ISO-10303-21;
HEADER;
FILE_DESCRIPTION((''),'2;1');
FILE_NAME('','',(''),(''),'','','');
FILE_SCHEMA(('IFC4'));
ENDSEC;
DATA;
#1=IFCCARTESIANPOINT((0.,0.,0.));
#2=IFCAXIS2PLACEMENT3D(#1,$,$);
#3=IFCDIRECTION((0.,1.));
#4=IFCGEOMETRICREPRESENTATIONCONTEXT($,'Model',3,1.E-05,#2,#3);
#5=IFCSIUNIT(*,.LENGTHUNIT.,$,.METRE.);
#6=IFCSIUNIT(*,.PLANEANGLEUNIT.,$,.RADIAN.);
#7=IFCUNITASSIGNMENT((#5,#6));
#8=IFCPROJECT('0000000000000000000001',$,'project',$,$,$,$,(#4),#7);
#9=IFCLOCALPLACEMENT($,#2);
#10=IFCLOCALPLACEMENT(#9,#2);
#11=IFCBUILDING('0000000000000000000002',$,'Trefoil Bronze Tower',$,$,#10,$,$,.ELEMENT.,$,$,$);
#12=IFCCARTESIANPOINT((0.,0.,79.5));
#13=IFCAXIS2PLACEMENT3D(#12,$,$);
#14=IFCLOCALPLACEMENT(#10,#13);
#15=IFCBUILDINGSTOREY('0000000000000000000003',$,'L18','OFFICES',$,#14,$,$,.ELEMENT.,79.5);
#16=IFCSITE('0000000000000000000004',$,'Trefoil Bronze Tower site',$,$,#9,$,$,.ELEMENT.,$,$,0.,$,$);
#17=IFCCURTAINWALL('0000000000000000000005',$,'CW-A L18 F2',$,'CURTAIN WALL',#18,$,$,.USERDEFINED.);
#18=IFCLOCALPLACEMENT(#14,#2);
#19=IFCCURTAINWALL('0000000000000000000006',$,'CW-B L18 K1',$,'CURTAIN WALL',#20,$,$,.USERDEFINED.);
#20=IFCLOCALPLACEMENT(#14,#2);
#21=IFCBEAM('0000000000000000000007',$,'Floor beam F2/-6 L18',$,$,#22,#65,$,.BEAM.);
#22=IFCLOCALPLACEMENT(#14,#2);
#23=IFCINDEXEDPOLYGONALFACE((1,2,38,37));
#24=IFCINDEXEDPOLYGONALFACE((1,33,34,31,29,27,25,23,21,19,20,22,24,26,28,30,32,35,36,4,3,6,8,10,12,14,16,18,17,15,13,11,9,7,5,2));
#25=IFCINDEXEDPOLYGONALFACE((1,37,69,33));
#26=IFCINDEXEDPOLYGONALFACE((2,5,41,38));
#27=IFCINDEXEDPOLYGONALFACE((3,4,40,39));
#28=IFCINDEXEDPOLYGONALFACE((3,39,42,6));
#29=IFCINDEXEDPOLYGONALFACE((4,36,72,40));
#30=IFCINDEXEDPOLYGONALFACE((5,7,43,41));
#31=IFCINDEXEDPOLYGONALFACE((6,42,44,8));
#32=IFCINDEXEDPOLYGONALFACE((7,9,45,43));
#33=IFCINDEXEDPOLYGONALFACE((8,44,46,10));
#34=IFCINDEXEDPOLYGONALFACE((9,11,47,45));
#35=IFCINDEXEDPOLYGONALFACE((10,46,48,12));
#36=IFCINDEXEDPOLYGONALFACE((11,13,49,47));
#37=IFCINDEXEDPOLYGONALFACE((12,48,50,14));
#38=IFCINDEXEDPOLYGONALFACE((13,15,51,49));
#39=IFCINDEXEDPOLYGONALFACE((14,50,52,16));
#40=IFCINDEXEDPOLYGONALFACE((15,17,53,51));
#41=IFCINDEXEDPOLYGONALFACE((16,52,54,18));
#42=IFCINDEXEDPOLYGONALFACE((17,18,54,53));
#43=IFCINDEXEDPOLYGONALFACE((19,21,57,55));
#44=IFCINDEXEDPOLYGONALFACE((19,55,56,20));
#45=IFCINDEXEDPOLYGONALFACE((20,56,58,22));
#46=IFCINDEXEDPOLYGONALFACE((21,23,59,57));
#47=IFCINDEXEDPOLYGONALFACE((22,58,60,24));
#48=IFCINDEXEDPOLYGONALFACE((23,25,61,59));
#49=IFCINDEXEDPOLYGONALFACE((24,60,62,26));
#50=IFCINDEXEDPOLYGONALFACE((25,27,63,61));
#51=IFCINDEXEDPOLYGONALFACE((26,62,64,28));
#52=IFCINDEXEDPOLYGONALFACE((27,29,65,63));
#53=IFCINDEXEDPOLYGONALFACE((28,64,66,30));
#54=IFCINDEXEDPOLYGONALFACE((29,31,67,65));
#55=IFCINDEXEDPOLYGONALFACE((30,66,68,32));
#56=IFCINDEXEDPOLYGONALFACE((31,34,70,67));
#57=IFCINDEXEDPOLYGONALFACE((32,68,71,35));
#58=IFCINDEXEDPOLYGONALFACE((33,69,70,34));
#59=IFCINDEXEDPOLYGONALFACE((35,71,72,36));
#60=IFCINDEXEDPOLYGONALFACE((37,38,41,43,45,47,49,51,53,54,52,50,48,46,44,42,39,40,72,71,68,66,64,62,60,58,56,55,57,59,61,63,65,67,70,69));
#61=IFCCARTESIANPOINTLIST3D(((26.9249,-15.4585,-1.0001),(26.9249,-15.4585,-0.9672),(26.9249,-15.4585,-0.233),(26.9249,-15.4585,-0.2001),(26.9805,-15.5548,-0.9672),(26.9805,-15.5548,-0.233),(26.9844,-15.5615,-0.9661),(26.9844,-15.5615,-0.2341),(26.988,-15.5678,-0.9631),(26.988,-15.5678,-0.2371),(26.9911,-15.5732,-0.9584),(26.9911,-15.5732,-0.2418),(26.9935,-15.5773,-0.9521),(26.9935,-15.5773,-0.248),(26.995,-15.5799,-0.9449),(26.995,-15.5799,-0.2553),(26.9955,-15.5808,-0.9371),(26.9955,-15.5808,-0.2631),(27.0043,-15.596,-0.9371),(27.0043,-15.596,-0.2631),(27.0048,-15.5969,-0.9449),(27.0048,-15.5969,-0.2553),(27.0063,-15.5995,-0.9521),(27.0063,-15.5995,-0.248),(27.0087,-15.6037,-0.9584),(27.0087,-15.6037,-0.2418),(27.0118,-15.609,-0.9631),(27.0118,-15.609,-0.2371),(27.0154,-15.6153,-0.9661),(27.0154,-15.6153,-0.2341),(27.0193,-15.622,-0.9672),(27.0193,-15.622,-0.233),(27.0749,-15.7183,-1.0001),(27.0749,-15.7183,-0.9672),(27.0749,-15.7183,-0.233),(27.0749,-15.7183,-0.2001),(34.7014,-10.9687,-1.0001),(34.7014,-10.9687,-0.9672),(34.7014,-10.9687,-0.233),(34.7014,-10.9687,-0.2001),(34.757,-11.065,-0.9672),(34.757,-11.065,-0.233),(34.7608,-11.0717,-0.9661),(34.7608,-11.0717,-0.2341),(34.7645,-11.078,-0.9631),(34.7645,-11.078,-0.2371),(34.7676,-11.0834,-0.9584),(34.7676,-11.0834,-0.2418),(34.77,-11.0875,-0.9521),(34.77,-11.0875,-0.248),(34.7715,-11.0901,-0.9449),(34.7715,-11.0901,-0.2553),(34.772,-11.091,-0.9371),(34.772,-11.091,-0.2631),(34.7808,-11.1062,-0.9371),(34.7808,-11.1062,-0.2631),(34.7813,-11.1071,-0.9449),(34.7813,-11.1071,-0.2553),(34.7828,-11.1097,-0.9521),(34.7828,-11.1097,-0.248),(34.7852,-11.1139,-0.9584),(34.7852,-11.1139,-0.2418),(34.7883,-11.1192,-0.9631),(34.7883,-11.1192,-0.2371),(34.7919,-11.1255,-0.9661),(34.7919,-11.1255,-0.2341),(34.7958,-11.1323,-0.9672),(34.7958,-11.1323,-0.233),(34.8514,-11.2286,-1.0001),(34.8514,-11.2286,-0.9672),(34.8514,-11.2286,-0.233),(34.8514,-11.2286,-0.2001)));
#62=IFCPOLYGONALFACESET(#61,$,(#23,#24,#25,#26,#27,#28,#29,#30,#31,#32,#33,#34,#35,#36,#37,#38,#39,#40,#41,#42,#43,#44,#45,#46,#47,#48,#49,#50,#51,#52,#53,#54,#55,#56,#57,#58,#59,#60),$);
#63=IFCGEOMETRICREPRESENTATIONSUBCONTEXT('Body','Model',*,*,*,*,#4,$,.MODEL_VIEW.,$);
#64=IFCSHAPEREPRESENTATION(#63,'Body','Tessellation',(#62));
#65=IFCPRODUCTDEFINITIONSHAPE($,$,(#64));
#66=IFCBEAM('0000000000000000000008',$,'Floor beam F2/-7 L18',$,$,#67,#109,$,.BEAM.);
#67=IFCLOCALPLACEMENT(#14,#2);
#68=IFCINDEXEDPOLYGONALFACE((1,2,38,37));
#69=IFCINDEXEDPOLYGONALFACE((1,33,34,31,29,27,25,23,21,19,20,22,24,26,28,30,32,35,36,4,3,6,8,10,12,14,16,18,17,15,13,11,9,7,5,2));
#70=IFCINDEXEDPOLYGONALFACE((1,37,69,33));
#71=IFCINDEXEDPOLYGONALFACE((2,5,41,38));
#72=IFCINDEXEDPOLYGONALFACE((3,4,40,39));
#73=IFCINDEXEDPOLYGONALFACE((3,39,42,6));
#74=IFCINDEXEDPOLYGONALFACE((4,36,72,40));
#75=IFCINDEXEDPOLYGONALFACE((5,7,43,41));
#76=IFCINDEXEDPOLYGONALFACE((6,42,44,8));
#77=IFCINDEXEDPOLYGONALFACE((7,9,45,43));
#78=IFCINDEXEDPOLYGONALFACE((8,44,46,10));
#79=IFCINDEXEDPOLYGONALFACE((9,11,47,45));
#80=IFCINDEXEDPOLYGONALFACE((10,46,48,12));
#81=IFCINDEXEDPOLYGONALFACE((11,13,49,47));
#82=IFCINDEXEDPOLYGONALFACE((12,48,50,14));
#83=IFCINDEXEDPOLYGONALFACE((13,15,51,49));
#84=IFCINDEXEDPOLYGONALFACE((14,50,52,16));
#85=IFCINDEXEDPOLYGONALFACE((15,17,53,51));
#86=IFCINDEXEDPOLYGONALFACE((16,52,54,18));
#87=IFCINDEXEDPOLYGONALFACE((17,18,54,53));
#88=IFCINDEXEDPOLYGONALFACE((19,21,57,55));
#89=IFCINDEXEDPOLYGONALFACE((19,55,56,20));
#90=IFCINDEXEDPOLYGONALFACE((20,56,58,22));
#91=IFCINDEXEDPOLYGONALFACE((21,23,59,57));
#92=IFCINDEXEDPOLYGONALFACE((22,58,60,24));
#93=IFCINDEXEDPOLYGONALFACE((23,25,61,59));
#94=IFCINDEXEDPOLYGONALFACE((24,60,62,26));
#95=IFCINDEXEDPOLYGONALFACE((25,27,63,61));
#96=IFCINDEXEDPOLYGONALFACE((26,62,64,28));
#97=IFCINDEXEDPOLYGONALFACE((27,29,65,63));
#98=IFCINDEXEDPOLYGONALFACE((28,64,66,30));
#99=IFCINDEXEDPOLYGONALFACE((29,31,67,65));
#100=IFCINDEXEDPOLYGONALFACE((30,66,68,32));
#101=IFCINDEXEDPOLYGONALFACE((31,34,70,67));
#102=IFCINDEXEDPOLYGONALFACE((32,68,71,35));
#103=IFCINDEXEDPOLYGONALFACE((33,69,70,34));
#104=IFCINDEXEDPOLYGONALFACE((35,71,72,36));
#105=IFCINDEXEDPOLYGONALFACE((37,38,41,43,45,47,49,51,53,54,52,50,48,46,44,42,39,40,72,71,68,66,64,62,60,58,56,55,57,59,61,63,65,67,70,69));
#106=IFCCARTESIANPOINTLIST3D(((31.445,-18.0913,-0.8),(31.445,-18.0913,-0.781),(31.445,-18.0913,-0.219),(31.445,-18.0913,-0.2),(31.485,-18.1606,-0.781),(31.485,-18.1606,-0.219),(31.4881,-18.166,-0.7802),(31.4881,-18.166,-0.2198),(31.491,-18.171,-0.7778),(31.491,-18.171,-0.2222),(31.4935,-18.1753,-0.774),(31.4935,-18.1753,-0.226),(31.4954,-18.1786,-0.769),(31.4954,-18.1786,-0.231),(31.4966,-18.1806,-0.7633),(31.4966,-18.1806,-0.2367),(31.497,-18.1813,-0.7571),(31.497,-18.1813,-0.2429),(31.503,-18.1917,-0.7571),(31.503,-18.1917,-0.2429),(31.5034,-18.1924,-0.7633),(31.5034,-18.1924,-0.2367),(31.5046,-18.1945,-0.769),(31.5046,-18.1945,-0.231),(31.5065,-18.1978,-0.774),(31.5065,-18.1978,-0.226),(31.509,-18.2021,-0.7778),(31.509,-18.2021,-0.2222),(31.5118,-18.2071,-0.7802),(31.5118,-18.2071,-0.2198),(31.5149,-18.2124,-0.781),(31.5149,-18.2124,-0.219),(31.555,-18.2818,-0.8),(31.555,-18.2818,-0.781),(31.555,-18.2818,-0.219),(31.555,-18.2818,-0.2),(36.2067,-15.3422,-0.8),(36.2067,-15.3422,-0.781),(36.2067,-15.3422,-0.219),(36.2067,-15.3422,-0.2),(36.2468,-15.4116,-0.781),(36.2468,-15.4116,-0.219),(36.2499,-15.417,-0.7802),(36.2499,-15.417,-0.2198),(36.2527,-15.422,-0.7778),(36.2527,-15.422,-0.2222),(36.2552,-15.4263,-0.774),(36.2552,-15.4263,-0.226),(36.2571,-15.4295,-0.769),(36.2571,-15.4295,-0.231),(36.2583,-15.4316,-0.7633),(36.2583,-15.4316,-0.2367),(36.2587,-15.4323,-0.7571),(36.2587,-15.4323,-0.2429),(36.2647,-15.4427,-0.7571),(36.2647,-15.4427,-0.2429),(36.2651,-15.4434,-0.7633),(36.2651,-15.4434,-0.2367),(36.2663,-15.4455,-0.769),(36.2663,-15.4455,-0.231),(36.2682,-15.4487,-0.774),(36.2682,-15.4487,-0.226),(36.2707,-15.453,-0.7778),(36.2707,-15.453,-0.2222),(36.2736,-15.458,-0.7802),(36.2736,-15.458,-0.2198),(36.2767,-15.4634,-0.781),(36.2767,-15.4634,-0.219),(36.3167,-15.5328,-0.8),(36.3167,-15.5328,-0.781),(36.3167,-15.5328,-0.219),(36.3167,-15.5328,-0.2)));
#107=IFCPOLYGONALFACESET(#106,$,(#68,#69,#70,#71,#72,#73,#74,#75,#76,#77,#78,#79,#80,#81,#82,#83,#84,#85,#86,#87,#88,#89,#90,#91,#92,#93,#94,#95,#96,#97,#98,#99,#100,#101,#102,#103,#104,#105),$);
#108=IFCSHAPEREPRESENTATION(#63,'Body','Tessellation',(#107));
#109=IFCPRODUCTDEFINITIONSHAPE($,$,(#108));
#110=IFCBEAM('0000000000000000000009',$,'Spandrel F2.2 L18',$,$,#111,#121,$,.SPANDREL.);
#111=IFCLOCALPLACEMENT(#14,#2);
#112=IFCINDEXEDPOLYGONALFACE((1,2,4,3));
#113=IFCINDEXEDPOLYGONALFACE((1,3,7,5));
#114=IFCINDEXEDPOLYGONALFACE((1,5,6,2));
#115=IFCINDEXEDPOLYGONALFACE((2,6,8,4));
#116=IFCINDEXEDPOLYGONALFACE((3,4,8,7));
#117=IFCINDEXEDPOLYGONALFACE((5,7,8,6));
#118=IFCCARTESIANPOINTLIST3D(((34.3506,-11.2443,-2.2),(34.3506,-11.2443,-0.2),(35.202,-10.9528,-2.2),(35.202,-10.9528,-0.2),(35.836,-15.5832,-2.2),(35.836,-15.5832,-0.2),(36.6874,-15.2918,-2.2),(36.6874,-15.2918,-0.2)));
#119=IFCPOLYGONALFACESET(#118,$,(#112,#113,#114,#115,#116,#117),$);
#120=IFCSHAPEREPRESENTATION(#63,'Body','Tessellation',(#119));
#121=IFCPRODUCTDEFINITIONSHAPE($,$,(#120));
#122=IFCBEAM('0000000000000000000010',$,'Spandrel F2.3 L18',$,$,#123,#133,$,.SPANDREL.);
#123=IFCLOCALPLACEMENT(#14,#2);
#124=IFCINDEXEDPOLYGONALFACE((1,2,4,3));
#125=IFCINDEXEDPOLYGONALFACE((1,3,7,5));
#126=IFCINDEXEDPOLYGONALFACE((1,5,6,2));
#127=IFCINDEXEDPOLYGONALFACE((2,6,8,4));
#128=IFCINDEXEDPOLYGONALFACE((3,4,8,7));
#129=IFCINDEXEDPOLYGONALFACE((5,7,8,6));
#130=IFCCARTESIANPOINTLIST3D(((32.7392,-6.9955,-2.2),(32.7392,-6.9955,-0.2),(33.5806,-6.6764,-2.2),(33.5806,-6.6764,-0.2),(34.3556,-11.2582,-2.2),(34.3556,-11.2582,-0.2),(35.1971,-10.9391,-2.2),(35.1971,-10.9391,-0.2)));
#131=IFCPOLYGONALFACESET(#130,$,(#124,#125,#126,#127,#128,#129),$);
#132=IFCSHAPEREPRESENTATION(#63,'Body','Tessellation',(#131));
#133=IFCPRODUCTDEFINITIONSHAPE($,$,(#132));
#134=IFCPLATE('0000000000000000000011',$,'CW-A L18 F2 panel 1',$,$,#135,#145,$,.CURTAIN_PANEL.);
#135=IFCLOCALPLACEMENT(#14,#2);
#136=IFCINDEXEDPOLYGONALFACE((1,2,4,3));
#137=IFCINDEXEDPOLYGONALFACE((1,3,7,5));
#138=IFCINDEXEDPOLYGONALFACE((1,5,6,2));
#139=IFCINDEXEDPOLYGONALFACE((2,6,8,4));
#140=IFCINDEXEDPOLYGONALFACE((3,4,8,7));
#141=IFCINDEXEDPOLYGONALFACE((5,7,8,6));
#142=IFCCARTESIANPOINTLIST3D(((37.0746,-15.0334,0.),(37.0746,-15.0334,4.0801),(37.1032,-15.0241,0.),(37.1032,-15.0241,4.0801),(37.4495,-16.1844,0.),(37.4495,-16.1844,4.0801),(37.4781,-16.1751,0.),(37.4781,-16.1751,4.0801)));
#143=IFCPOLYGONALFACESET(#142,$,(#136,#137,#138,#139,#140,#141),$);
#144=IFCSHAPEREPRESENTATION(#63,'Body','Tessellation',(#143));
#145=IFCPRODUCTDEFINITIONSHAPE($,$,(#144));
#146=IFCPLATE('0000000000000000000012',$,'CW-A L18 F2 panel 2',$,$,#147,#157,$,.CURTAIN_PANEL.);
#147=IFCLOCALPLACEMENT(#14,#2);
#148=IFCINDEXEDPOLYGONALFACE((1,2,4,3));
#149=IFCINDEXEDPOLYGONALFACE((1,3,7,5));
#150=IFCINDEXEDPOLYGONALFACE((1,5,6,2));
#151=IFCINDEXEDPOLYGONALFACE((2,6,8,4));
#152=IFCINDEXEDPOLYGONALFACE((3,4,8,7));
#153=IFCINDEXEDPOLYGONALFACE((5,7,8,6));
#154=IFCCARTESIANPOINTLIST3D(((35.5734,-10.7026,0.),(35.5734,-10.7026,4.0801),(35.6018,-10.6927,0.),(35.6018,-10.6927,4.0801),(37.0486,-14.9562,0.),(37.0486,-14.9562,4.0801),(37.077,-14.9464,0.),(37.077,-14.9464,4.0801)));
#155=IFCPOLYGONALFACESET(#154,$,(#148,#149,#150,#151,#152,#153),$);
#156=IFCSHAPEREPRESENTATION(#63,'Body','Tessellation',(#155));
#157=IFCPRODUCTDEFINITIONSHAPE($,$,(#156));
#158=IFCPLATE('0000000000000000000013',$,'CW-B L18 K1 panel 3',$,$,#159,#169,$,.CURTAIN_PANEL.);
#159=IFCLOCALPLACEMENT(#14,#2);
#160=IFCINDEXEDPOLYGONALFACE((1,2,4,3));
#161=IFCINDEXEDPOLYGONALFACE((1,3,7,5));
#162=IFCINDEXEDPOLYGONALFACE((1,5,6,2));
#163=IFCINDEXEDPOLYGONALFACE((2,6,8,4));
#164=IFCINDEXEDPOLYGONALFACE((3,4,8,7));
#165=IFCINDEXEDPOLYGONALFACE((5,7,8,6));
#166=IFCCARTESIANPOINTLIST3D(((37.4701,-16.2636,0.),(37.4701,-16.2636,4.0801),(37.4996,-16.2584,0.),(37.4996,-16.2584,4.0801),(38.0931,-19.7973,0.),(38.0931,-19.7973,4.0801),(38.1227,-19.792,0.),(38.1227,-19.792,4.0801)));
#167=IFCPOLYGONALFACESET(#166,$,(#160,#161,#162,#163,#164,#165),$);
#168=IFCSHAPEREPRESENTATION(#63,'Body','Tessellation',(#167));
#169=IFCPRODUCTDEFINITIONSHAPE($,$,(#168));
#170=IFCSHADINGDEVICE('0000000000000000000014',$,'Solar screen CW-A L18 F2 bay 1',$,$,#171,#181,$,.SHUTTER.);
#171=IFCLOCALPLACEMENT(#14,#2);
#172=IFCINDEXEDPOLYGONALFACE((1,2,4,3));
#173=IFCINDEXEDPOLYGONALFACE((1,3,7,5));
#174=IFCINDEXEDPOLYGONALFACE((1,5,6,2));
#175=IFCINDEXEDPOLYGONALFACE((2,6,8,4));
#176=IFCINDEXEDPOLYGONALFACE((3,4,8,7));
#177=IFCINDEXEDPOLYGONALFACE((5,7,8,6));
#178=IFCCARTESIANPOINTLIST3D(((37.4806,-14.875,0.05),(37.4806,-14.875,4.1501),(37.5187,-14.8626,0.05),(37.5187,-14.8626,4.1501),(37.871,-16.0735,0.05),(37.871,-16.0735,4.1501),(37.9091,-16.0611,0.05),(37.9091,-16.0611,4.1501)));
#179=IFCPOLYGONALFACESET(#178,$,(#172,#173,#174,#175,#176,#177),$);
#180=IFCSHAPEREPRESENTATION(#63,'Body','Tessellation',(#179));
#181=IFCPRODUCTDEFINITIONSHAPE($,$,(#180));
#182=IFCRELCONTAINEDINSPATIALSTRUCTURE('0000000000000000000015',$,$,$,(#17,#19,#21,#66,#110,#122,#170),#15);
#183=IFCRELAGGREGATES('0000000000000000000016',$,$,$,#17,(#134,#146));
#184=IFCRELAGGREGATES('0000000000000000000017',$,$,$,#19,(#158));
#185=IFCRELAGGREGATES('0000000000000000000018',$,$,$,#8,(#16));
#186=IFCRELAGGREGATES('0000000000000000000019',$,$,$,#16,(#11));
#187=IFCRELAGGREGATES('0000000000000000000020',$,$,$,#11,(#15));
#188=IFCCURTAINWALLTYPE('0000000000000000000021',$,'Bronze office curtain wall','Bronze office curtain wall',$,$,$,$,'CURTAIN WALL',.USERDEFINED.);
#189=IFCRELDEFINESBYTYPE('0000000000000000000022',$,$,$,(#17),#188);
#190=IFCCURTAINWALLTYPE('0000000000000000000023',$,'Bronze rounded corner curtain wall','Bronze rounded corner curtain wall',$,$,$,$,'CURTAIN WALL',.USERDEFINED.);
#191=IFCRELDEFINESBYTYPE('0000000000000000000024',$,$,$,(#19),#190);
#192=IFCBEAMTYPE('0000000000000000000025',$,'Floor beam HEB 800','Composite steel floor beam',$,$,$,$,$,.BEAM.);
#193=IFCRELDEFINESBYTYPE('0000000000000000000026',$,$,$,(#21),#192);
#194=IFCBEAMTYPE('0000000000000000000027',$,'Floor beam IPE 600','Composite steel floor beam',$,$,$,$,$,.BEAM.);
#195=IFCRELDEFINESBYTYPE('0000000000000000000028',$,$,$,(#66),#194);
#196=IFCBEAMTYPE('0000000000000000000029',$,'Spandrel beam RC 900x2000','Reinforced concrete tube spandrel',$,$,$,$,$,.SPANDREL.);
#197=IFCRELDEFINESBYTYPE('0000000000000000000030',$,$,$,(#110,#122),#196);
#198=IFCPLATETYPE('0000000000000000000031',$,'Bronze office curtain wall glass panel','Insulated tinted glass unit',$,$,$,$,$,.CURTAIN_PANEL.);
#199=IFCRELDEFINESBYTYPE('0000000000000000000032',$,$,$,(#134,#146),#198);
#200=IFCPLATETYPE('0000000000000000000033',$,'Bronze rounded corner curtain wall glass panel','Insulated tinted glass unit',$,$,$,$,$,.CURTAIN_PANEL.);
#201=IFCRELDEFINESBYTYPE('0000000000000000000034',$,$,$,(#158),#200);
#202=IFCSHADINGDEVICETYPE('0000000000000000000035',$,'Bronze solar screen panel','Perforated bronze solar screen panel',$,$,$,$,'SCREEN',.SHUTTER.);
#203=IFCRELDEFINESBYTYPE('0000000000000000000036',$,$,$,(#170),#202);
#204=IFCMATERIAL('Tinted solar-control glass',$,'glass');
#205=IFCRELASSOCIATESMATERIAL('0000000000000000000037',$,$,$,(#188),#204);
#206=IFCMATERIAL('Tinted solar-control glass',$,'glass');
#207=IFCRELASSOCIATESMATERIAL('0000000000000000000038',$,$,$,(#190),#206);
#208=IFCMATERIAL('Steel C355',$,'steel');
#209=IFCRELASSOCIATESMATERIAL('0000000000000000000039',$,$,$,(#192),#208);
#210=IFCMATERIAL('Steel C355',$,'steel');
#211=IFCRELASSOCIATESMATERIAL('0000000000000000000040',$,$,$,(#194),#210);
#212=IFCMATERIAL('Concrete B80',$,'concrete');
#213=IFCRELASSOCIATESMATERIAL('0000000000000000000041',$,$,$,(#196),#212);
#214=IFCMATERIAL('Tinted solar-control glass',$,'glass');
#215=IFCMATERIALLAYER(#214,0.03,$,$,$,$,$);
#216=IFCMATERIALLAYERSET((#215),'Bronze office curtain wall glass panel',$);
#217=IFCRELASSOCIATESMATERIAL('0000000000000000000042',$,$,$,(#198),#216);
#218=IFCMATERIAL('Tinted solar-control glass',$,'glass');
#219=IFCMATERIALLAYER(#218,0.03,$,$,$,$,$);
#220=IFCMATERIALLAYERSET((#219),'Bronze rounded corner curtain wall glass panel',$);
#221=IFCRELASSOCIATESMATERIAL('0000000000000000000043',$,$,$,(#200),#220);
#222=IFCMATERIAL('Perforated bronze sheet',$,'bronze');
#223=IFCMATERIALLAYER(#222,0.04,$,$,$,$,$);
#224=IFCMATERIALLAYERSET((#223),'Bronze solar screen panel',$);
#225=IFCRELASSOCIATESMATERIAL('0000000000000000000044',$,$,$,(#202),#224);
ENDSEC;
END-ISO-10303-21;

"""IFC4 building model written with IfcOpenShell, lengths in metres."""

from ifc_helpers import new_model, si_unit, direction, frame, origin, origin_2d, place, context, subcontext, project, spatial, rectangle, i_section, extrude, material, layer, layer_set, material_profile, profile_set, type_object, element, aggregate, save


model = new_model("IFC4")

# Units and contexts
model_context = context("Model", 3, precision=1e-05, world=origin(), true_north=direction((0.0, 1.0)))
body_context = subcontext(model_context, "Body", "Model", "MODEL_VIEW")
ifc_project = project(units=[si_unit("LENGTHUNIT", "METRE"), si_unit("PLANEANGLEUNIT", "RADIAN")], contexts=[model_context])

# Site, building, storey
site_placement = place(None, origin())
site = spatial("IfcSite", under=ifc_project, at=site_placement, Name="Trefoil Bronze Tower site", CompositionType="ELEMENT", RefElevation=0.0)
building_placement = place(site_placement, origin())
building = spatial("IfcBuilding", under=site, at=building_placement, Name="Trefoil Bronze Tower", CompositionType="ELEMENT")
storey_placement = place(building_placement, frame((0.0, 0.0, 79.5)))
storey = spatial("IfcBuildingStorey", under=building, at=storey_placement, Name="L18", Description="OFFICES", CompositionType="ELEMENT", Elevation=79.5)

# Curtain wall
ifc_material_1 = material(Name="Tinted solar-control glass", Category="glass")
curtain_wall_type_1 = type_object("IfcCurtainWallType", Name="Bronze office curtain wall", Description="Bronze office curtain wall", ElementType="CURTAIN WALL", PredefinedType="USERDEFINED", material=ifc_material_1)
curtain_wall_1_placement = place(storey_placement, origin())
curtain_wall_1 = element("IfcCurtainWall", 1, at=curtain_wall_1_placement, inside=storey, type_object=curtain_wall_type_1, Name="CW-A L18 F2", ObjectType="CURTAIN WALL", PredefinedType="USERDEFINED")

# Curtain wall
ifc_material_2 = material(Name="Tinted solar-control glass", Category="glass")
curtain_wall_type_2 = type_object("IfcCurtainWallType", Name="Bronze rounded corner curtain wall", Description="Bronze rounded corner curtain wall", ElementType="CURTAIN WALL", PredefinedType="USERDEFINED", material=ifc_material_2)
curtain_wall_2_placement = place(storey_placement, origin())
curtain_wall_2 = element("IfcCurtainWall", 2, at=curtain_wall_2_placement, inside=storey, type_object=curtain_wall_type_2, Name="CW-B L18 K1", ObjectType="CURTAIN WALL", PredefinedType="USERDEFINED")

# Beams
ifc_material_3 = material(Name="Steel C355", Category="steel")
ifc_material_profile_1 = material_profile(ifc_material_3, i_section(OverallWidth=0.3, OverallDepth=0.8, WebThickness=0.0176, FlangeThickness=0.033, FilletRadius=0.03, at=origin_2d()), Name="HEB 800")
ifc_profile_set_1 = profile_set([ifc_material_profile_1], Name="Steel C355")
beam_type_1 = type_object("IfcBeamType", Name="Floor beam HEB 800", Description="Composite steel floor beam", PredefinedType="BEAM", material=ifc_profile_set_1)
beam_1_placement = place(storey_placement, frame((34.7764, -11.0986, -0.6001), z_axis=(-0.866023, -0.500005, 0.0), x_axis=(0.500005, -0.866023, 0.0)))
element("IfcBeam", 3, at=beam_1_placement, inside=storey, type_object=beam_type_1, Name="Floor beam F2/-6 L18", PredefinedType="BEAM", context=body_context, shape_type="SweptSolid", body=[
    extrude(i_section(OverallWidth=0.3, OverallDepth=0.8, WebThickness=0.0176, FlangeThickness=0.033, FilletRadius=0.03, at=origin_2d()), origin(), (0.0, 0.0, 1.0), 8.9795),
])
ifc_material_4 = material(Name="Steel C355", Category="steel")
ifc_material_profile_2 = material_profile(ifc_material_4, i_section(OverallWidth=0.22, OverallDepth=0.6001, WebThickness=0.012, FlangeThickness=0.019, FilletRadius=0.0239, at=origin_2d()), Name="IPE 600")
ifc_profile_set_2 = profile_set([ifc_material_profile_2], Name="Steel C355")
beam_type_2 = type_object("IfcBeamType", Name="Floor beam IPE 600", Description="Composite steel floor beam", PredefinedType="BEAM", material=ifc_profile_set_2)
beam_2_placement = place(storey_placement, frame((36.2617, -15.4375, -0.5), z_axis=(-0.866038, -0.499979, 0.0), x_axis=(0.499979, -0.866038, 0.0)))
element("IfcBeam", 4, at=beam_2_placement, inside=storey, type_object=beam_type_2, Name="Floor beam F2/-7 L18", PredefinedType="BEAM", context=body_context, shape_type="SweptSolid", body=[
    extrude(i_section(OverallWidth=0.22, OverallDepth=0.6001, WebThickness=0.012, FlangeThickness=0.019, FilletRadius=0.0239, at=origin_2d()), origin(), (0.0, 0.0, 1.0), 5.4983),
])
ifc_material_5 = material(Name="Concrete B80", Category="concrete")
ifc_material_profile_3 = material_profile(ifc_material_5, rectangle(XDim=0.8999, YDim=2.0, at=origin_2d()), Name="RC 900x2000")
ifc_profile_set_3 = profile_set([ifc_material_profile_3], Name="Concrete B80")
beam_type_3 = type_object("IfcBeamType", Name="Spandrel beam RC 900x2000", Description="Reinforced concrete tube spandrel", PredefinedType="SPANDREL", material=ifc_profile_set_3)
beam_3_placement = place(storey_placement, frame((36.2617, -15.4375, -1.2), z_axis=(-0.323883, 0.946097, 0.0), x_axis=(-0.946097, -0.323883, 0.0)))
element("IfcBeam", 5, at=beam_3_placement, inside=storey, type_object=beam_type_3, Name="Spandrel F2.2 L18", PredefinedType="SPANDREL", context=body_context, shape_type="SweptSolid", body=[
    extrude(rectangle(XDim=0.8999, YDim=2.0, at=origin_2d()), origin(), (0.0, 0.0, 1.0), 4.5862),
])
beam_4_placement = place(storey_placement, frame((34.7764, -11.0986, -1.2), z_axis=(-0.354572, 0.935029, 0.0), x_axis=(-0.935029, -0.354572, 0.0)))
element("IfcBeam", 6, at=beam_4_placement, inside=storey, type_object=beam_type_3, Name="Spandrel F2.3 L18", PredefinedType="SPANDREL", context=body_context, shape_type="SweptSolid", body=[
    extrude(rectangle(XDim=0.8999, YDim=2.0, at=origin_2d()), origin(), (0.0, 0.0, 1.0), 4.5588),
])

# Plates
ifc_material_6 = material(Name="Tinted solar-control glass", Category="glass")
ifc_layer_1 = layer(ifc_material_6, 0.03)
ifc_layer_set_1 = layer_set([ifc_layer_1], Name="Bronze office curtain wall glass panel")
plate_type_1 = type_object("IfcPlateType", Name="Bronze office curtain wall glass panel", Description="Insulated tinted glass unit", PredefinedType="CURTAIN_PANEL", material=ifc_layer_set_1)
plate_1_placement = place(storey_placement, frame((37.2764, -15.6042, 0.0), z_axis=(0.0, 0.0, 1.0), x_axis=(-0.309728, 0.950825, 0.0)))
plate_1 = element("IfcPlate", 7, at=plate_1_placement, type_object=plate_type_1, Name="CW-A L18 F2 panel 1", PredefinedType="CURTAIN_PANEL", context=body_context, shape_type="SweptSolid", body=[
    extrude(rectangle(XDim=1.2104, YDim=0.03, at=origin_2d()), origin(), (0.0, 0.0, 1.0), 4.0801),
])
plate_2_placement = place(storey_placement, frame((36.3252, -12.8245, 0.0), z_axis=(0.0, 0.0, 1.0), x_axis=(-0.327674, 0.944791, 0.0)))
plate_2 = element("IfcPlate", 8, at=plate_2_placement, type_object=plate_type_1, Name="CW-A L18 F2 panel 2", PredefinedType="CURTAIN_PANEL", context=body_context, shape_type="SweptSolid", body=[
    extrude(rectangle(XDim=4.5022, YDim=0.03, at=origin_2d()), origin(), (0.0, 0.0, 1.0), 4.0801),
])
aggregate(curtain_wall_1, [plate_1, plate_2])
ifc_material_7 = material(Name="Tinted solar-control glass", Category="glass")
ifc_layer_2 = layer(ifc_material_7, 0.03)
ifc_layer_set_2 = layer_set([ifc_layer_2], Name="Bronze rounded corner curtain wall glass panel")
plate_type_2 = type_object("IfcPlateType", Name="Bronze rounded corner curtain wall glass panel", Description="Insulated tinted glass unit", PredefinedType="CURTAIN_PANEL", material=ifc_layer_set_2)
plate_3_placement = place(storey_placement, frame((37.7964, -18.0278, 0.0), z_axis=(0.0, 0.0, 1.0), x_axis=(-0.173648, 0.984808, 0.0)))
plate_3 = element("IfcPlate", 9, at=plate_3_placement, type_object=plate_type_2, Name="CW-B L18 K1 panel 3", PredefinedType="CURTAIN_PANEL", context=body_context, shape_type="SweptSolid", body=[
    extrude(rectangle(XDim=3.5881, YDim=0.03, at=origin_2d()), origin(), (0.0, 0.0, 1.0), 4.0801),
])
aggregate(curtain_wall_2, [plate_3])

# Shading device
ifc_material_8 = material(Name="Perforated bronze sheet", Category="bronze")
ifc_layer_3 = layer(ifc_material_8, 0.04)
ifc_layer_set_3 = layer_set([ifc_layer_3], Name="Bronze solar screen panel")
shading_device_type = type_object("IfcShadingDeviceType", Name="Bronze solar screen panel", Description="Perforated bronze solar screen panel", ElementType="SCREEN", PredefinedType="SHUTTER", material=ifc_layer_set_3)
shading_device_1_placement = place(storey_placement, frame((37.6948, -15.468, 0.05), z_axis=(0.0, 0.0, 1.0), x_axis=(-0.309728, 0.950825, 0.0)))
element("IfcShadingDevice", 10, at=shading_device_1_placement, inside=storey, type_object=shading_device_type, Name="Solar screen CW-A L18 F2 bay 1", PredefinedType="SHUTTER", context=body_context, shape_type="SweptSolid", body=[
    extrude(rectangle(XDim=1.2605, YDim=0.04, at=origin_2d()), origin(), (0.0, 0.0, 1.0), 4.1001),
])

save(model, "model.ifc")
